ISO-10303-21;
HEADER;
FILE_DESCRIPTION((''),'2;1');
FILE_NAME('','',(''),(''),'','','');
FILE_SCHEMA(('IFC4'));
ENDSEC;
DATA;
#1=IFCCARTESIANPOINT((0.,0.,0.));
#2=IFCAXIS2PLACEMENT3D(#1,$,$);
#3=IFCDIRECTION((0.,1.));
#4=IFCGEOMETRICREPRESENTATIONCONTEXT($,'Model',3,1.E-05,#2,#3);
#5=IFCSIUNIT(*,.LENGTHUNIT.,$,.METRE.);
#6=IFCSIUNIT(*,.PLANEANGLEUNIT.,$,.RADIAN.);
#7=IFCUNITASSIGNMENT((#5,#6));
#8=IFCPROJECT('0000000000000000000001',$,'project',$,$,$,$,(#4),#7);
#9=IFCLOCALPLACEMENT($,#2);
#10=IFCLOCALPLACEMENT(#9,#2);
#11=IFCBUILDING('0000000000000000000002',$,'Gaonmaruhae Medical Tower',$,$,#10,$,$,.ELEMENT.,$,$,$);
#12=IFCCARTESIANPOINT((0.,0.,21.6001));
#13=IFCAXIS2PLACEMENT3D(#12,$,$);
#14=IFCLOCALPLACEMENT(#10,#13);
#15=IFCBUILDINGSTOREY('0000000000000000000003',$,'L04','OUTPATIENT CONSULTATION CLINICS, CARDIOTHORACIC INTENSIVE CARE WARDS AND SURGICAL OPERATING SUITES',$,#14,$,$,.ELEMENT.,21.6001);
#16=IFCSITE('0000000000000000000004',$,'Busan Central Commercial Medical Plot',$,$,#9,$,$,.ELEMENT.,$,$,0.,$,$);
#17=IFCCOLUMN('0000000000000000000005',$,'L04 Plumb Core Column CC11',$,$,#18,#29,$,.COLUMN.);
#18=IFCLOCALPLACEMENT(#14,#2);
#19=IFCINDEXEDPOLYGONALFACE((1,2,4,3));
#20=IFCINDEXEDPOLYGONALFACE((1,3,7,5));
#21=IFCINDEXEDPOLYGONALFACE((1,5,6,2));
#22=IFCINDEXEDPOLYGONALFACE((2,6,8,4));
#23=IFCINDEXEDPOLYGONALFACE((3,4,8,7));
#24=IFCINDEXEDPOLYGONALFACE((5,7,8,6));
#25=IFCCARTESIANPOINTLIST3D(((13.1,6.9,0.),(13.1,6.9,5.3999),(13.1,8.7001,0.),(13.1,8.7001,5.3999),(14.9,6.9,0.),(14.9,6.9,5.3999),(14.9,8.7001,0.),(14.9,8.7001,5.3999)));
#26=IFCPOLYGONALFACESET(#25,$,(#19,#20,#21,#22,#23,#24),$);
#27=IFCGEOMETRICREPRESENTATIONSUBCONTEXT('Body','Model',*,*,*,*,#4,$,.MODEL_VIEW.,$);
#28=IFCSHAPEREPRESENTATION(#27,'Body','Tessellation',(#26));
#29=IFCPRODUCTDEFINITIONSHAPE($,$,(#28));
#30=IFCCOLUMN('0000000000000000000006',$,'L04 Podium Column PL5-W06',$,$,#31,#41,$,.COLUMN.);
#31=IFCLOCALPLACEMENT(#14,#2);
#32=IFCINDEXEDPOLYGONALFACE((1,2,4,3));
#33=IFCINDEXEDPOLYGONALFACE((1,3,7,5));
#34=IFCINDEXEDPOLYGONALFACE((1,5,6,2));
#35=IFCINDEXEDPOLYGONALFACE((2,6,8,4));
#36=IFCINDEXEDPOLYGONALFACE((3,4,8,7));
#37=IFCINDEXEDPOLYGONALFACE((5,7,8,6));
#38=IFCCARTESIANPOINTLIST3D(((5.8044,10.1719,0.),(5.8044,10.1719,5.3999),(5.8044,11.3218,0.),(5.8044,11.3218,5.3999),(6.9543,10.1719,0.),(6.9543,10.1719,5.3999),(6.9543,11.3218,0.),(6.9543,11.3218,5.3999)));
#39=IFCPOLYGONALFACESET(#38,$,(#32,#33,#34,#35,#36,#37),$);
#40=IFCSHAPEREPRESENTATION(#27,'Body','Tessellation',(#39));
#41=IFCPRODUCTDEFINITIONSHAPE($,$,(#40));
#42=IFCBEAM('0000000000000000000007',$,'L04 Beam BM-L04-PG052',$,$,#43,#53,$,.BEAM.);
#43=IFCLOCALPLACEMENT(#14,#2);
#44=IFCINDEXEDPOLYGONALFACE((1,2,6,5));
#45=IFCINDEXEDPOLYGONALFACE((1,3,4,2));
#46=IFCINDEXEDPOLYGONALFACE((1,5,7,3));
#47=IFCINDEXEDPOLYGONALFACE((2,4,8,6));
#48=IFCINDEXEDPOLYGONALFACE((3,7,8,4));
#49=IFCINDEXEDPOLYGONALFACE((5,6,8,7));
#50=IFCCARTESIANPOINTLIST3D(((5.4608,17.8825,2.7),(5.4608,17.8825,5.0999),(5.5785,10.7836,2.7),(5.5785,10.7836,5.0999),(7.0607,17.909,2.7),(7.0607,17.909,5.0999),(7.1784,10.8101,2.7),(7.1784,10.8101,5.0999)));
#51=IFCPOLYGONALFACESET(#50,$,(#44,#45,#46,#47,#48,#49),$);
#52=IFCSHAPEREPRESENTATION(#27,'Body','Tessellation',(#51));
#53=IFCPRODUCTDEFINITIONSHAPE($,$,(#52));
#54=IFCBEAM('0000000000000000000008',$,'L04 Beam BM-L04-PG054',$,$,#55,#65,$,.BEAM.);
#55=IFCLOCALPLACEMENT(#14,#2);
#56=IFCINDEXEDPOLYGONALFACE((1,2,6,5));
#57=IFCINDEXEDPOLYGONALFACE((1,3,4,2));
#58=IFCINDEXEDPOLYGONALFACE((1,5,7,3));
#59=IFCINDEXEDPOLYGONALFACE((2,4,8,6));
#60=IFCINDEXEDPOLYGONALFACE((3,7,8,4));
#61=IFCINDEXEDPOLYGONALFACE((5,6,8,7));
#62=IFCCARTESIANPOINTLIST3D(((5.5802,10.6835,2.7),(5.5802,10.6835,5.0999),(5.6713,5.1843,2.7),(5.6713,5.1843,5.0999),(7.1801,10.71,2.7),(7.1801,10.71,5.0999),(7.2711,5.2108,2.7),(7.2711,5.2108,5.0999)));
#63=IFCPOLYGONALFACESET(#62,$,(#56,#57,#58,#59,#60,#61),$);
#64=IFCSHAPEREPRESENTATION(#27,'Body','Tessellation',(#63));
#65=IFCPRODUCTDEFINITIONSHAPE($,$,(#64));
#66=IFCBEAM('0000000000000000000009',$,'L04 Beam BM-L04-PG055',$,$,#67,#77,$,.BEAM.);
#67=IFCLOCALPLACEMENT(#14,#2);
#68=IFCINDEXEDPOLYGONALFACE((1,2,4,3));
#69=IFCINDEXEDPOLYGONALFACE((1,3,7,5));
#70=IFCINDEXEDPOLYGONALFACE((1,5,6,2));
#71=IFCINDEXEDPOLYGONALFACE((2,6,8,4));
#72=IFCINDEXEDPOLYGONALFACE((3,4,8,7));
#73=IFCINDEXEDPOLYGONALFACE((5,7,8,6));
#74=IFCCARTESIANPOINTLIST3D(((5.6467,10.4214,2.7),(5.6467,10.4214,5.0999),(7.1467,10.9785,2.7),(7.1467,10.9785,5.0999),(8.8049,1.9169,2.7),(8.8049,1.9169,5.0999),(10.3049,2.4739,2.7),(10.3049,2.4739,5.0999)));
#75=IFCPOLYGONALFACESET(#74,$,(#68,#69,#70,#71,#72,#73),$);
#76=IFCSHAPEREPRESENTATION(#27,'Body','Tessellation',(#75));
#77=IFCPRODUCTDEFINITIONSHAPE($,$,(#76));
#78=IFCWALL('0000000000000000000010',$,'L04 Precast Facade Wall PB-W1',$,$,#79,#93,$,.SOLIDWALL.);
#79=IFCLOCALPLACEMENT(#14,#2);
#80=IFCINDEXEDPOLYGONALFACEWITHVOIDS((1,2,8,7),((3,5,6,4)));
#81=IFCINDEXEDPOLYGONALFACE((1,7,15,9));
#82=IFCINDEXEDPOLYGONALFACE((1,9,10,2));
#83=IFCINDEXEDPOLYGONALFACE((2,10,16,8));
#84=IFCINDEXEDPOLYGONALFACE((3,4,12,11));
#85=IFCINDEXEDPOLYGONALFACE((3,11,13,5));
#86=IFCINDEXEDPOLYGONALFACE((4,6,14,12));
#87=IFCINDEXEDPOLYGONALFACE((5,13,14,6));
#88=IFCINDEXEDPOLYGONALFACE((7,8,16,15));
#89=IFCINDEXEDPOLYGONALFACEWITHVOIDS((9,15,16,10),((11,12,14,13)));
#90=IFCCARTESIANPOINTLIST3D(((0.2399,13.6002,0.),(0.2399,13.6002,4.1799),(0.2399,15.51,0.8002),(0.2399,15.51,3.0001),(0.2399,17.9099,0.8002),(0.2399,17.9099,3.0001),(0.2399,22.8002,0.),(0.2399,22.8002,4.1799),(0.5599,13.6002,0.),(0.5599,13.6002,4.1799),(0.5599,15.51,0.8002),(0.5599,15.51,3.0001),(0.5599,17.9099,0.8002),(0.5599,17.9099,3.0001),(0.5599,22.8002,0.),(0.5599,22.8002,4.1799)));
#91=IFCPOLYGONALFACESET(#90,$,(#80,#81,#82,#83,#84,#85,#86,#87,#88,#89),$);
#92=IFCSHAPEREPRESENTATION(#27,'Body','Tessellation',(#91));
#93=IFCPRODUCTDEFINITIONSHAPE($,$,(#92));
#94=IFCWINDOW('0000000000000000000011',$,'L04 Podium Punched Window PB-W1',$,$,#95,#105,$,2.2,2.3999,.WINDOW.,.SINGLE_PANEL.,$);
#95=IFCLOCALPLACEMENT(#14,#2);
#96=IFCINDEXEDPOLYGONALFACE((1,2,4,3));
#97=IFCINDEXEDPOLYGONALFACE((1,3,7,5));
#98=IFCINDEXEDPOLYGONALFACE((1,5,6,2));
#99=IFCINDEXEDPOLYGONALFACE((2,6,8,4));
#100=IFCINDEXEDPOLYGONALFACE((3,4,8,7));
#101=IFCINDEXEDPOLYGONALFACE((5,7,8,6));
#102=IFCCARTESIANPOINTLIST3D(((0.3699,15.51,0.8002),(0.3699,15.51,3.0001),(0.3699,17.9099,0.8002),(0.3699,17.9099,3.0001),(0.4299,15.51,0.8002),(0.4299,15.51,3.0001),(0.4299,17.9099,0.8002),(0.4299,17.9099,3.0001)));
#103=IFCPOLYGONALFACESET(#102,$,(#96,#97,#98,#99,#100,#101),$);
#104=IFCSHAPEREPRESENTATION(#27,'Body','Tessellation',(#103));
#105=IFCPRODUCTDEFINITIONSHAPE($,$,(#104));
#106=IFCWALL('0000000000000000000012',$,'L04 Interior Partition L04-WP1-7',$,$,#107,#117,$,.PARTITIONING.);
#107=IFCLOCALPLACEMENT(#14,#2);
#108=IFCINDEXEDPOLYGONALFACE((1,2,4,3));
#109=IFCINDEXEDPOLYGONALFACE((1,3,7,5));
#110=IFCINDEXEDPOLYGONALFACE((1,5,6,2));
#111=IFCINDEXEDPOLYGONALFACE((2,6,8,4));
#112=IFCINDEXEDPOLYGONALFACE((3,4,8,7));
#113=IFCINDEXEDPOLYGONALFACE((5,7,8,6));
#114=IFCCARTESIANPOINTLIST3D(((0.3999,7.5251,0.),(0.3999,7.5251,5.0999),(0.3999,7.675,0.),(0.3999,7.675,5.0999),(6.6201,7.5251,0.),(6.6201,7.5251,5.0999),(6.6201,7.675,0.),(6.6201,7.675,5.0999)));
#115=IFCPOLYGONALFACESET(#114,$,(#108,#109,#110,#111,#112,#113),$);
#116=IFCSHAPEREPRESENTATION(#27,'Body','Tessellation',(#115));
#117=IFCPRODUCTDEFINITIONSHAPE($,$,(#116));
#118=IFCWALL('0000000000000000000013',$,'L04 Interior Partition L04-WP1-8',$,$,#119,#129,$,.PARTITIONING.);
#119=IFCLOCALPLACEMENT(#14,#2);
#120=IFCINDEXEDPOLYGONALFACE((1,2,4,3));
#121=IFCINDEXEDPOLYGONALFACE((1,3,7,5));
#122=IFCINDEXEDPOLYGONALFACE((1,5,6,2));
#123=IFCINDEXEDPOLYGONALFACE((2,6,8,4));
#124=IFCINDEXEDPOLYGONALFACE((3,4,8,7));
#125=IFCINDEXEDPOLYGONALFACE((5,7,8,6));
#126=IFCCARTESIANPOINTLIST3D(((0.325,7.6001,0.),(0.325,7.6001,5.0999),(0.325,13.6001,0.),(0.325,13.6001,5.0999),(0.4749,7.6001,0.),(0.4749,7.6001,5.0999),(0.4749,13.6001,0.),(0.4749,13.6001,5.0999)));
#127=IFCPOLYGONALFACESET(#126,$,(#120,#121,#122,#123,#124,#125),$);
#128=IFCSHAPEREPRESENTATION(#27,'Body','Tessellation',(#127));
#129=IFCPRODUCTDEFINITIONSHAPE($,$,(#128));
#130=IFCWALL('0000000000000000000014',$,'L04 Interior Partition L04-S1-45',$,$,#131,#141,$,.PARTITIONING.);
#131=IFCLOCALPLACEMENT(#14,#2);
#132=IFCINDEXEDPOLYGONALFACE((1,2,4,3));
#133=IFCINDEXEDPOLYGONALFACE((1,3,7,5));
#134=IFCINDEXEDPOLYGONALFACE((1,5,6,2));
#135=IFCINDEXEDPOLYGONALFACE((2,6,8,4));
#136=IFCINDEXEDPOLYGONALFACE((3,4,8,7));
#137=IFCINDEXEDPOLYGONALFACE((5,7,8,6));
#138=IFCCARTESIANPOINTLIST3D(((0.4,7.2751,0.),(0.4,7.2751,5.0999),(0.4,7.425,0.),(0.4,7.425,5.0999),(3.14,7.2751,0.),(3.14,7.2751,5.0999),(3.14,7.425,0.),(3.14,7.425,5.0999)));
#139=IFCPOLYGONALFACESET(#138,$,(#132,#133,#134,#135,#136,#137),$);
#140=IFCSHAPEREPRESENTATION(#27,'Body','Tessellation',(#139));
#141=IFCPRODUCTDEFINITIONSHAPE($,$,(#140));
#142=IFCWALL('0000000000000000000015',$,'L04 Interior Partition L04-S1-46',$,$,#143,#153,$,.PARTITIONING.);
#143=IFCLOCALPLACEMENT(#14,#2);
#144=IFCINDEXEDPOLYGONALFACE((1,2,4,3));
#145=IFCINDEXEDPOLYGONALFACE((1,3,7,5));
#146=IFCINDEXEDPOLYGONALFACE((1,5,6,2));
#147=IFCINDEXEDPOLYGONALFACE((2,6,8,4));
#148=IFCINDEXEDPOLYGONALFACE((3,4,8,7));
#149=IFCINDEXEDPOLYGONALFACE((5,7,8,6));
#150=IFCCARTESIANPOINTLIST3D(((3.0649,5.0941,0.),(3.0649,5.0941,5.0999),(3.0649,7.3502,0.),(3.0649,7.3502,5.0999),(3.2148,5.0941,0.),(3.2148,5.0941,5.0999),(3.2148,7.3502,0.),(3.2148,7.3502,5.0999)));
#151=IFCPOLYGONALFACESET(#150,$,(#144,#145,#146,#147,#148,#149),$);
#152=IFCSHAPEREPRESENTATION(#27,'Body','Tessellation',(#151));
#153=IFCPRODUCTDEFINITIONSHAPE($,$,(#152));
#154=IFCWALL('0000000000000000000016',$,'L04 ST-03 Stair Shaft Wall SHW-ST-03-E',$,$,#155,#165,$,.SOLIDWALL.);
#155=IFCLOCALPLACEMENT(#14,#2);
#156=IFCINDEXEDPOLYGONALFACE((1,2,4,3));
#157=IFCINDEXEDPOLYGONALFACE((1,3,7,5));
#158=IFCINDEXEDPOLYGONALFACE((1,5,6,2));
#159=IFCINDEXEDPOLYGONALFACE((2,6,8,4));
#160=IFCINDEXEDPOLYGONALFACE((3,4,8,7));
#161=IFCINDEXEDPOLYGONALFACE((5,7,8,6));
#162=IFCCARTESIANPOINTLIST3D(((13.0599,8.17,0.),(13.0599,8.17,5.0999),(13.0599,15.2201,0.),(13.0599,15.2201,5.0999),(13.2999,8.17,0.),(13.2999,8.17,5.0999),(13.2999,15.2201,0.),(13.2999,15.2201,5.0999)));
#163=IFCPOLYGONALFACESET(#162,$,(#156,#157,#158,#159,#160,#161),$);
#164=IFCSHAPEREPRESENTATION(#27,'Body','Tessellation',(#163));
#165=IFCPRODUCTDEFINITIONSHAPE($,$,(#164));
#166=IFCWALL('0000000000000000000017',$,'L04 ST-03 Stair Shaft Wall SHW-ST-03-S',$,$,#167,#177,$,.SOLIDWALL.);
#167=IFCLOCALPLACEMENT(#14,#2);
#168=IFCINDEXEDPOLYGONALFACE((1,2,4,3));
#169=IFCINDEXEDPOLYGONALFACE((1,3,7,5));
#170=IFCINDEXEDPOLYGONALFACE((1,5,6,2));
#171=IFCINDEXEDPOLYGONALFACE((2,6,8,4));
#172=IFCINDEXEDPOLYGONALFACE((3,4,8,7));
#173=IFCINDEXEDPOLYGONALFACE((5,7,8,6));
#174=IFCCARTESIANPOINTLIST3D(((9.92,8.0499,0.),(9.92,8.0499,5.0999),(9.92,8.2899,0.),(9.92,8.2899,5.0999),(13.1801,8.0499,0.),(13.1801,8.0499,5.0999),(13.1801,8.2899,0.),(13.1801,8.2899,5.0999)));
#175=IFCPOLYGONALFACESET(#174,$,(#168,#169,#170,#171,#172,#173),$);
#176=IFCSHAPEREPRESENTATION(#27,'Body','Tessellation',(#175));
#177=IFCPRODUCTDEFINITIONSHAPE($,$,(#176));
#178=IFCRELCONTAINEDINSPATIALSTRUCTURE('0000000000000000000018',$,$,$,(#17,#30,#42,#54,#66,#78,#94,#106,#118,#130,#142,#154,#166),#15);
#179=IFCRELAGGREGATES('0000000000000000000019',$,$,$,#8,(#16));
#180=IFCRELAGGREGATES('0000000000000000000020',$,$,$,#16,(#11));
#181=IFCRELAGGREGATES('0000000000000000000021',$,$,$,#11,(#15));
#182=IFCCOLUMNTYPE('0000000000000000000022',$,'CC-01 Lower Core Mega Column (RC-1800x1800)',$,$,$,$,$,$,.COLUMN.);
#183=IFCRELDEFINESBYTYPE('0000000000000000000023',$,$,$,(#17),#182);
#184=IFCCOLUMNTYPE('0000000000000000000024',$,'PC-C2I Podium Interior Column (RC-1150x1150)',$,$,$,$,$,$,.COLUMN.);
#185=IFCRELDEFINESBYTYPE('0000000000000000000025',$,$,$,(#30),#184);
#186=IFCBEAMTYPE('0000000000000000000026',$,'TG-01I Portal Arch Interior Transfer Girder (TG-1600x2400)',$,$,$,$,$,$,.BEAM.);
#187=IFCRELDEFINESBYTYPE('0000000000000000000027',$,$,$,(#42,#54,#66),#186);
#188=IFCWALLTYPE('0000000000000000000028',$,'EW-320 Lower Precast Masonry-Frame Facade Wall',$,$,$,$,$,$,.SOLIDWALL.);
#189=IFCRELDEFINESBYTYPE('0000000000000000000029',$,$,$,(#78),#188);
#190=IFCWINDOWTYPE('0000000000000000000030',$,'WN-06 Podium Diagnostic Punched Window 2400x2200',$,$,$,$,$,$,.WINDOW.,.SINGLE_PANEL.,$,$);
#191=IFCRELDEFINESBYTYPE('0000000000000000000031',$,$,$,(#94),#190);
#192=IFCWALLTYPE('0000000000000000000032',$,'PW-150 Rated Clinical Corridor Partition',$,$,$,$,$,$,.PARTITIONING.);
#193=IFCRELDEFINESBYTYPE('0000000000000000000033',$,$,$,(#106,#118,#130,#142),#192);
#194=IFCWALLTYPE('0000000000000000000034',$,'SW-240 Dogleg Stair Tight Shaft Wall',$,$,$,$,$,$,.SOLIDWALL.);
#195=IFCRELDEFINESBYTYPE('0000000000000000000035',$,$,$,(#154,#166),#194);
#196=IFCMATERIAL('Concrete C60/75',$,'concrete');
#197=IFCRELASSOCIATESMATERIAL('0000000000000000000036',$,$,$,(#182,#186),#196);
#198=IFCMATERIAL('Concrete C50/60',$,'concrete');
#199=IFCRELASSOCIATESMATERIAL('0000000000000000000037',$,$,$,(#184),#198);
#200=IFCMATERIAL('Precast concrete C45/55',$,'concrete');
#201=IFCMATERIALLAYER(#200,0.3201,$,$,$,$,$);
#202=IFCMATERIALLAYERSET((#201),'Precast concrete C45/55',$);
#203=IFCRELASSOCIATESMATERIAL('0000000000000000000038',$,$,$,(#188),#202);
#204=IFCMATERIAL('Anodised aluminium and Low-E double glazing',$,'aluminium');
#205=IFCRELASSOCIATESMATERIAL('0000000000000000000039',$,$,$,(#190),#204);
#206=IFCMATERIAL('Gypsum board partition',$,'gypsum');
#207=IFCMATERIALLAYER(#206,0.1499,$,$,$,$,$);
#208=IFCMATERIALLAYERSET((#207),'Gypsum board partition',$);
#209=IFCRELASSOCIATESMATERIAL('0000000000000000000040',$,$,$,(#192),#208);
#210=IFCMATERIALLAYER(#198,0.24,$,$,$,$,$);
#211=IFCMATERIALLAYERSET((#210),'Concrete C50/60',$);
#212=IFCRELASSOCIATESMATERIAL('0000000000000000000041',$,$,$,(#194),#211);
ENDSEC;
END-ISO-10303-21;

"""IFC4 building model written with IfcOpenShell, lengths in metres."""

from ifc_helpers import new_model, si_unit, direction, frame, frame_2d, origin, origin_2d, place, context, subcontext, project, spatial, rectangle, extrude, material, layer, layer_set, material_profile, profile_set, type_object, element, fill, save


model = new_model("IFC4")

# Units and contexts
model_context = context("Model", 3, precision=1e-05, world=origin(), true_north=direction((0.0, 1.0)))
body_context = subcontext(model_context, "Body", "Model", "MODEL_VIEW")
ifc_project = project(units=[si_unit("LENGTHUNIT", "METRE"), si_unit("PLANEANGLEUNIT", "RADIAN")], contexts=[model_context])

# Site, building, storey
site_placement = place(None, origin())
site = spatial("IfcSite", under=ifc_project, at=site_placement, Name="Busan Central Commercial Medical Plot", CompositionType="ELEMENT", RefElevation=0.0)
building_placement = place(site_placement, origin())
building = spatial("IfcBuilding", under=site, at=building_placement, Name="Gaonmaruhae Medical Tower", CompositionType="ELEMENT")
storey_placement = place(building_placement, frame((0.0, 0.0, 21.6001)))
storey = spatial("IfcBuildingStorey", under=building, at=storey_placement, Name="L04", Description="OUTPATIENT CONSULTATION CLINICS, CARDIOTHORACIC INTENSIVE CARE WARDS AND SURGICAL OPERATING SUITES", CompositionType="ELEMENT", Elevation=21.6001)

# Columns
ifc_material_1 = material(Name="Concrete C60/75", Category="concrete")
ifc_material_profile_1 = material_profile(ifc_material_1, rectangle(XDim=1.8, YDim=1.8, at=origin_2d()), Name="RC-1800x1800")
ifc_profile_set_1 = profile_set([ifc_material_profile_1], Name="Concrete C60/75")
column_type_1 = type_object("IfcColumnType", Name="CC-01 Lower Core Mega Column (RC-1800x1800)", PredefinedType="COLUMN", material=ifc_profile_set_1)
column_1_placement = place(storey_placement, frame((14.0, 7.8, 0.0), z_axis=(0.0, 0.0, 1.0), x_axis=(1.0, 0.0, 0.0)))
element("IfcColumn", 1, at=column_1_placement, inside=storey, type_object=column_type_1, Name="L04 Plumb Core Column CC11", PredefinedType="COLUMN", context=body_context, shape_type="SweptSolid", body=[
    extrude(rectangle(XDim=1.8, YDim=1.8, at=origin_2d()), origin(), (0.0, 0.0, 1.0), 5.3999),
])
ifc_material_2 = material(Name="Concrete C50/60", Category="concrete")
ifc_material_profile_2 = material_profile(ifc_material_2, rectangle(XDim=1.1499, YDim=1.1499, at=origin_2d()), Name="RC-1150x1150")
ifc_profile_set_2 = profile_set([ifc_material_profile_2], Name="Concrete C50/60")
column_type_2 = type_object("IfcColumnType", Name="PC-C2I Podium Interior Column (RC-1150x1150)", PredefinedType="COLUMN", material=ifc_profile_set_2)
column_2_placement = place(storey_placement, frame((6.3794, 10.7468, 0.0), z_axis=(0.0, 0.0, 1.0), x_axis=(1.0, 0.0, 0.0)))
element("IfcColumn", 2, at=column_2_placement, inside=storey, type_object=column_type_2, Name="L04 Podium Column PL5-W06", PredefinedType="COLUMN", context=body_context, shape_type="SweptSolid", body=[
    extrude(rectangle(XDim=1.1499, YDim=1.1499, at=origin_2d()), origin(), (0.0, 0.0, 1.0), 5.3999),
])

# Beams
ifc_material_profile_3 = material_profile(ifc_material_1, rectangle(XDim=1.6001, YDim=2.3999, at=origin_2d()), Name="TG-1600x2400")
ifc_profile_set_3 = profile_set([ifc_material_profile_3], Name="Concrete C60/75")
beam_type = type_object("IfcBeamType", Name="TG-01I Portal Arch Interior Transfer Girder (TG-1600x2400)", PredefinedType="BEAM", material=ifc_profile_set_3)
beam_1_placement = place(storey_placement, frame((6.2607, 17.8958, 3.8999), z_axis=(0.016574, -0.999863, 0.0), x_axis=(0.999863, 0.016574, 0.0)))
element("IfcBeam", 3, at=beam_1_placement, inside=storey, type_object=beam_type, Name="L04 Beam BM-L04-PG052", PredefinedType="BEAM", context=body_context, shape_type="SweptSolid", body=[
    extrude(rectangle(XDim=1.6001, YDim=2.3999, at=origin_2d()), origin(), (0.0, 0.0, 1.0), 7.0999),
])
beam_2_placement = place(storey_placement, frame((6.3801, 10.6968, 3.8999), z_axis=(0.016557, -0.999863, 0.0), x_axis=(0.999863, 0.016557, 0.0)))
element("IfcBeam", 4, at=beam_2_placement, inside=storey, type_object=beam_type, Name="L04 Beam BM-L04-PG054", PredefinedType="BEAM", context=body_context, shape_type="SweptSolid", body=[
    extrude(rectangle(XDim=1.6001, YDim=2.3999, at=origin_2d()), origin(), (0.0, 0.0, 1.0), 5.5),
])
beam_3_placement = place(storey_placement, frame((6.3967, 10.7, 3.8999), z_axis=(0.348122, -0.937449, 0.0), x_axis=(0.937449, 0.348122, 0.0)))
element("IfcBeam", 5, at=beam_3_placement, inside=storey, type_object=beam_type, Name="L04 Beam BM-L04-PG055", PredefinedType="BEAM", context=body_context, shape_type="SweptSolid", body=[
    extrude(rectangle(XDim=1.6001, YDim=2.3999, at=origin_2d()), origin(), (0.0, 0.0, 1.0), 9.072),
])

# Wall, opening, window
ifc_material_3 = material(Name="Precast concrete C45/55", Category="concrete")
ifc_layer_1 = layer(ifc_material_3, 0.3201)
ifc_layer_set_1 = layer_set([ifc_layer_1], Name="Precast concrete C45/55")
wall_type_1 = type_object("IfcWallType", Name="EW-320 Lower Precast Masonry-Frame Facade Wall", PredefinedType="SOLIDWALL", material=ifc_layer_set_1)
wall_1_placement = place(storey_placement, frame((0.3999, 13.6001, 0.0), z_axis=(0.0, 0.0, 1.0), x_axis=(0.0, 1.0, 0.0)))
wall_1 = element("IfcWall", 6, at=wall_1_placement, inside=storey, type_object=wall_type_1, Name="L04 Precast Facade Wall PB-W1", PredefinedType="SOLIDWALL", context=body_context, shape_type="SweptSolid", body=[
    extrude(rectangle(XDim=9.2, YDim=0.3201, at=frame_2d((4.6001, 0.0))), origin(), (0.0, 0.0, 1.0), 4.1799),
])
opening_1_placement = place(wall_1_placement, frame((1.9099, 0.0, 0.8)))
opening_1 = element("IfcOpeningElement", 7, at=opening_1_placement, cuts=wall_1, PredefinedType="OPENING", context=body_context, shape_type="SweptSolid", body=[
    extrude(rectangle(XDim=2.3999, YDim=2.2, at=frame_2d((1.2, 1.1001))), frame((0.0, 0.1699, 0.0), z_axis=(0.0, -1.0, 0.0), x_axis=(1.0, 0.0, 0.0)), (0.0, 0.0, 1.0), 0.3401),
])
ifc_material_4 = material(Name="Anodised aluminium and Low-E double glazing", Category="aluminium")
window_type = type_object("IfcWindowType", Name="WN-06 Podium Diagnostic Punched Window 2400x2200", PartitioningType="SINGLE_PANEL", PredefinedType="WINDOW", material=ifc_material_4)
window_placement = place(opening_1_placement, origin())
window = element("IfcWindow", 8, at=window_placement, inside=storey, type_object=window_type, Name="L04 Podium Punched Window PB-W1", OverallHeight=2.2, OverallWidth=2.3999, PartitioningType="SINGLE_PANEL", PredefinedType="WINDOW", context=body_context, shape_type="SweptSolid", body=[
    extrude(rectangle(XDim=2.3999, YDim=2.2, at=frame_2d((1.2, 1.1001))), frame((0.0, 0.03, 0.0), z_axis=(0.0, -1.0, 0.0), x_axis=(1.0, 0.0, 0.0)), (0.0, 0.0, 1.0), 0.0601),
])
fill(opening_1, window)

# Walls
ifc_material_5 = material(Name="Gypsum board partition", Category="gypsum")
ifc_layer_2 = layer(ifc_material_5, 0.1499)
ifc_layer_set_2 = layer_set([ifc_layer_2], Name="Gypsum board partition")
wall_type_2 = type_object("IfcWallType", Name="PW-150 Rated Clinical Corridor Partition", PredefinedType="PARTITIONING", material=ifc_layer_set_2)
wall_2_placement = place(storey_placement, frame((6.6201, 7.6001, 0.0), z_axis=(0.0, 0.0, 1.0), x_axis=(-1.0, 0.0, 0.0)))
element("IfcWall", 9, at=wall_2_placement, inside=storey, type_object=wall_type_2, Name="L04 Interior Partition L04-WP1-7", PredefinedType="PARTITIONING", context=body_context, shape_type="SweptSolid", body=[
    extrude(rectangle(XDim=6.2202, YDim=0.1499, at=frame_2d((3.1101, 0.0))), origin(), (0.0, 0.0, 1.0), 5.0999),
])
wall_3_placement = place(storey_placement, frame((0.3999, 7.6001, 0.0), z_axis=(0.0, 0.0, 1.0), x_axis=(0.0, 1.0, 0.0)))
element("IfcWall", 10, at=wall_3_placement, inside=storey, type_object=wall_type_2, Name="L04 Interior Partition L04-WP1-8", PredefinedType="PARTITIONING", context=body_context, shape_type="SweptSolid", body=[
    extrude(rectangle(XDim=6.0, YDim=0.1499, at=frame_2d((3.0, 0.0))), origin(), (0.0, 0.0, 1.0), 5.0999),
])
wall_4_placement = place(storey_placement, frame((0.3999, 7.3501, 0.0), z_axis=(0.0, 0.0, 1.0), x_axis=(1.0, 0.0, 0.0)))
element("IfcWall", 11, at=wall_4_placement, inside=storey, type_object=wall_type_2, Name="L04 Interior Partition L04-S1-45", PredefinedType="PARTITIONING", context=body_context, shape_type="SweptSolid", body=[
    extrude(rectangle(XDim=2.74, YDim=0.1499, at=frame_2d((1.3701, 0.0))), origin(), (0.0, 0.0, 1.0), 5.0999),
])
wall_5_placement = place(storey_placement, frame((3.1399, 7.3501, 0.0), z_axis=(0.0, 0.0, 1.0), x_axis=(0.0, -1.0, 0.0)))
element("IfcWall", 12, at=wall_5_placement, inside=storey, type_object=wall_type_2, Name="L04 Interior Partition L04-S1-46", PredefinedType="PARTITIONING", context=body_context, shape_type="SweptSolid", body=[
    extrude(rectangle(XDim=2.2561, YDim=0.1499, at=frame_2d((1.1279, 0.0))), origin(), (0.0, 0.0, 1.0), 5.0999),
])

# Shared definitions
ifc_layer_3 = layer(ifc_material_2, 0.24)
ifc_layer_set_3 = layer_set([ifc_layer_3], Name="Concrete C50/60")
wall_type_3 = type_object("IfcWallType", Name="SW-240 Dogleg Stair Tight Shaft Wall", PredefinedType="SOLIDWALL", material=ifc_layer_set_3)

# Walls
wall_6_placement = place(storey_placement, frame((13.1799, 15.22, 0.0), z_axis=(0.0, 0.0, 1.0), x_axis=(0.0, -1.0, 0.0)))
element("IfcWall", 13, at=wall_6_placement, inside=storey, type_object=wall_type_3, Name="L04 ST-03 Stair Shaft Wall SHW-ST-03-E", PredefinedType="SOLIDWALL", context=body_context, shape_type="SweptSolid", body=[
    extrude(rectangle(XDim=7.05, YDim=0.24, at=frame_2d((3.5249, 0.0))), origin(), (0.0, 0.0, 1.0), 5.0999),
])
wall_7_placement = place(storey_placement, frame((13.1799, 8.1699, 0.0), z_axis=(0.0, 0.0, 1.0), x_axis=(-1.0, 0.0, 0.0)))
element("IfcWall", 14, at=wall_7_placement, inside=storey, type_object=wall_type_3, Name="L04 ST-03 Stair Shaft Wall SHW-ST-03-S", PredefinedType="SOLIDWALL", context=body_context, shape_type="SweptSolid", body=[
    extrude(rectangle(XDim=3.26, YDim=0.24, at=frame_2d((1.6299, 0.0))), origin(), (0.0, 0.0, 1.0), 5.0999),
])

save(model, "model.ifc")
